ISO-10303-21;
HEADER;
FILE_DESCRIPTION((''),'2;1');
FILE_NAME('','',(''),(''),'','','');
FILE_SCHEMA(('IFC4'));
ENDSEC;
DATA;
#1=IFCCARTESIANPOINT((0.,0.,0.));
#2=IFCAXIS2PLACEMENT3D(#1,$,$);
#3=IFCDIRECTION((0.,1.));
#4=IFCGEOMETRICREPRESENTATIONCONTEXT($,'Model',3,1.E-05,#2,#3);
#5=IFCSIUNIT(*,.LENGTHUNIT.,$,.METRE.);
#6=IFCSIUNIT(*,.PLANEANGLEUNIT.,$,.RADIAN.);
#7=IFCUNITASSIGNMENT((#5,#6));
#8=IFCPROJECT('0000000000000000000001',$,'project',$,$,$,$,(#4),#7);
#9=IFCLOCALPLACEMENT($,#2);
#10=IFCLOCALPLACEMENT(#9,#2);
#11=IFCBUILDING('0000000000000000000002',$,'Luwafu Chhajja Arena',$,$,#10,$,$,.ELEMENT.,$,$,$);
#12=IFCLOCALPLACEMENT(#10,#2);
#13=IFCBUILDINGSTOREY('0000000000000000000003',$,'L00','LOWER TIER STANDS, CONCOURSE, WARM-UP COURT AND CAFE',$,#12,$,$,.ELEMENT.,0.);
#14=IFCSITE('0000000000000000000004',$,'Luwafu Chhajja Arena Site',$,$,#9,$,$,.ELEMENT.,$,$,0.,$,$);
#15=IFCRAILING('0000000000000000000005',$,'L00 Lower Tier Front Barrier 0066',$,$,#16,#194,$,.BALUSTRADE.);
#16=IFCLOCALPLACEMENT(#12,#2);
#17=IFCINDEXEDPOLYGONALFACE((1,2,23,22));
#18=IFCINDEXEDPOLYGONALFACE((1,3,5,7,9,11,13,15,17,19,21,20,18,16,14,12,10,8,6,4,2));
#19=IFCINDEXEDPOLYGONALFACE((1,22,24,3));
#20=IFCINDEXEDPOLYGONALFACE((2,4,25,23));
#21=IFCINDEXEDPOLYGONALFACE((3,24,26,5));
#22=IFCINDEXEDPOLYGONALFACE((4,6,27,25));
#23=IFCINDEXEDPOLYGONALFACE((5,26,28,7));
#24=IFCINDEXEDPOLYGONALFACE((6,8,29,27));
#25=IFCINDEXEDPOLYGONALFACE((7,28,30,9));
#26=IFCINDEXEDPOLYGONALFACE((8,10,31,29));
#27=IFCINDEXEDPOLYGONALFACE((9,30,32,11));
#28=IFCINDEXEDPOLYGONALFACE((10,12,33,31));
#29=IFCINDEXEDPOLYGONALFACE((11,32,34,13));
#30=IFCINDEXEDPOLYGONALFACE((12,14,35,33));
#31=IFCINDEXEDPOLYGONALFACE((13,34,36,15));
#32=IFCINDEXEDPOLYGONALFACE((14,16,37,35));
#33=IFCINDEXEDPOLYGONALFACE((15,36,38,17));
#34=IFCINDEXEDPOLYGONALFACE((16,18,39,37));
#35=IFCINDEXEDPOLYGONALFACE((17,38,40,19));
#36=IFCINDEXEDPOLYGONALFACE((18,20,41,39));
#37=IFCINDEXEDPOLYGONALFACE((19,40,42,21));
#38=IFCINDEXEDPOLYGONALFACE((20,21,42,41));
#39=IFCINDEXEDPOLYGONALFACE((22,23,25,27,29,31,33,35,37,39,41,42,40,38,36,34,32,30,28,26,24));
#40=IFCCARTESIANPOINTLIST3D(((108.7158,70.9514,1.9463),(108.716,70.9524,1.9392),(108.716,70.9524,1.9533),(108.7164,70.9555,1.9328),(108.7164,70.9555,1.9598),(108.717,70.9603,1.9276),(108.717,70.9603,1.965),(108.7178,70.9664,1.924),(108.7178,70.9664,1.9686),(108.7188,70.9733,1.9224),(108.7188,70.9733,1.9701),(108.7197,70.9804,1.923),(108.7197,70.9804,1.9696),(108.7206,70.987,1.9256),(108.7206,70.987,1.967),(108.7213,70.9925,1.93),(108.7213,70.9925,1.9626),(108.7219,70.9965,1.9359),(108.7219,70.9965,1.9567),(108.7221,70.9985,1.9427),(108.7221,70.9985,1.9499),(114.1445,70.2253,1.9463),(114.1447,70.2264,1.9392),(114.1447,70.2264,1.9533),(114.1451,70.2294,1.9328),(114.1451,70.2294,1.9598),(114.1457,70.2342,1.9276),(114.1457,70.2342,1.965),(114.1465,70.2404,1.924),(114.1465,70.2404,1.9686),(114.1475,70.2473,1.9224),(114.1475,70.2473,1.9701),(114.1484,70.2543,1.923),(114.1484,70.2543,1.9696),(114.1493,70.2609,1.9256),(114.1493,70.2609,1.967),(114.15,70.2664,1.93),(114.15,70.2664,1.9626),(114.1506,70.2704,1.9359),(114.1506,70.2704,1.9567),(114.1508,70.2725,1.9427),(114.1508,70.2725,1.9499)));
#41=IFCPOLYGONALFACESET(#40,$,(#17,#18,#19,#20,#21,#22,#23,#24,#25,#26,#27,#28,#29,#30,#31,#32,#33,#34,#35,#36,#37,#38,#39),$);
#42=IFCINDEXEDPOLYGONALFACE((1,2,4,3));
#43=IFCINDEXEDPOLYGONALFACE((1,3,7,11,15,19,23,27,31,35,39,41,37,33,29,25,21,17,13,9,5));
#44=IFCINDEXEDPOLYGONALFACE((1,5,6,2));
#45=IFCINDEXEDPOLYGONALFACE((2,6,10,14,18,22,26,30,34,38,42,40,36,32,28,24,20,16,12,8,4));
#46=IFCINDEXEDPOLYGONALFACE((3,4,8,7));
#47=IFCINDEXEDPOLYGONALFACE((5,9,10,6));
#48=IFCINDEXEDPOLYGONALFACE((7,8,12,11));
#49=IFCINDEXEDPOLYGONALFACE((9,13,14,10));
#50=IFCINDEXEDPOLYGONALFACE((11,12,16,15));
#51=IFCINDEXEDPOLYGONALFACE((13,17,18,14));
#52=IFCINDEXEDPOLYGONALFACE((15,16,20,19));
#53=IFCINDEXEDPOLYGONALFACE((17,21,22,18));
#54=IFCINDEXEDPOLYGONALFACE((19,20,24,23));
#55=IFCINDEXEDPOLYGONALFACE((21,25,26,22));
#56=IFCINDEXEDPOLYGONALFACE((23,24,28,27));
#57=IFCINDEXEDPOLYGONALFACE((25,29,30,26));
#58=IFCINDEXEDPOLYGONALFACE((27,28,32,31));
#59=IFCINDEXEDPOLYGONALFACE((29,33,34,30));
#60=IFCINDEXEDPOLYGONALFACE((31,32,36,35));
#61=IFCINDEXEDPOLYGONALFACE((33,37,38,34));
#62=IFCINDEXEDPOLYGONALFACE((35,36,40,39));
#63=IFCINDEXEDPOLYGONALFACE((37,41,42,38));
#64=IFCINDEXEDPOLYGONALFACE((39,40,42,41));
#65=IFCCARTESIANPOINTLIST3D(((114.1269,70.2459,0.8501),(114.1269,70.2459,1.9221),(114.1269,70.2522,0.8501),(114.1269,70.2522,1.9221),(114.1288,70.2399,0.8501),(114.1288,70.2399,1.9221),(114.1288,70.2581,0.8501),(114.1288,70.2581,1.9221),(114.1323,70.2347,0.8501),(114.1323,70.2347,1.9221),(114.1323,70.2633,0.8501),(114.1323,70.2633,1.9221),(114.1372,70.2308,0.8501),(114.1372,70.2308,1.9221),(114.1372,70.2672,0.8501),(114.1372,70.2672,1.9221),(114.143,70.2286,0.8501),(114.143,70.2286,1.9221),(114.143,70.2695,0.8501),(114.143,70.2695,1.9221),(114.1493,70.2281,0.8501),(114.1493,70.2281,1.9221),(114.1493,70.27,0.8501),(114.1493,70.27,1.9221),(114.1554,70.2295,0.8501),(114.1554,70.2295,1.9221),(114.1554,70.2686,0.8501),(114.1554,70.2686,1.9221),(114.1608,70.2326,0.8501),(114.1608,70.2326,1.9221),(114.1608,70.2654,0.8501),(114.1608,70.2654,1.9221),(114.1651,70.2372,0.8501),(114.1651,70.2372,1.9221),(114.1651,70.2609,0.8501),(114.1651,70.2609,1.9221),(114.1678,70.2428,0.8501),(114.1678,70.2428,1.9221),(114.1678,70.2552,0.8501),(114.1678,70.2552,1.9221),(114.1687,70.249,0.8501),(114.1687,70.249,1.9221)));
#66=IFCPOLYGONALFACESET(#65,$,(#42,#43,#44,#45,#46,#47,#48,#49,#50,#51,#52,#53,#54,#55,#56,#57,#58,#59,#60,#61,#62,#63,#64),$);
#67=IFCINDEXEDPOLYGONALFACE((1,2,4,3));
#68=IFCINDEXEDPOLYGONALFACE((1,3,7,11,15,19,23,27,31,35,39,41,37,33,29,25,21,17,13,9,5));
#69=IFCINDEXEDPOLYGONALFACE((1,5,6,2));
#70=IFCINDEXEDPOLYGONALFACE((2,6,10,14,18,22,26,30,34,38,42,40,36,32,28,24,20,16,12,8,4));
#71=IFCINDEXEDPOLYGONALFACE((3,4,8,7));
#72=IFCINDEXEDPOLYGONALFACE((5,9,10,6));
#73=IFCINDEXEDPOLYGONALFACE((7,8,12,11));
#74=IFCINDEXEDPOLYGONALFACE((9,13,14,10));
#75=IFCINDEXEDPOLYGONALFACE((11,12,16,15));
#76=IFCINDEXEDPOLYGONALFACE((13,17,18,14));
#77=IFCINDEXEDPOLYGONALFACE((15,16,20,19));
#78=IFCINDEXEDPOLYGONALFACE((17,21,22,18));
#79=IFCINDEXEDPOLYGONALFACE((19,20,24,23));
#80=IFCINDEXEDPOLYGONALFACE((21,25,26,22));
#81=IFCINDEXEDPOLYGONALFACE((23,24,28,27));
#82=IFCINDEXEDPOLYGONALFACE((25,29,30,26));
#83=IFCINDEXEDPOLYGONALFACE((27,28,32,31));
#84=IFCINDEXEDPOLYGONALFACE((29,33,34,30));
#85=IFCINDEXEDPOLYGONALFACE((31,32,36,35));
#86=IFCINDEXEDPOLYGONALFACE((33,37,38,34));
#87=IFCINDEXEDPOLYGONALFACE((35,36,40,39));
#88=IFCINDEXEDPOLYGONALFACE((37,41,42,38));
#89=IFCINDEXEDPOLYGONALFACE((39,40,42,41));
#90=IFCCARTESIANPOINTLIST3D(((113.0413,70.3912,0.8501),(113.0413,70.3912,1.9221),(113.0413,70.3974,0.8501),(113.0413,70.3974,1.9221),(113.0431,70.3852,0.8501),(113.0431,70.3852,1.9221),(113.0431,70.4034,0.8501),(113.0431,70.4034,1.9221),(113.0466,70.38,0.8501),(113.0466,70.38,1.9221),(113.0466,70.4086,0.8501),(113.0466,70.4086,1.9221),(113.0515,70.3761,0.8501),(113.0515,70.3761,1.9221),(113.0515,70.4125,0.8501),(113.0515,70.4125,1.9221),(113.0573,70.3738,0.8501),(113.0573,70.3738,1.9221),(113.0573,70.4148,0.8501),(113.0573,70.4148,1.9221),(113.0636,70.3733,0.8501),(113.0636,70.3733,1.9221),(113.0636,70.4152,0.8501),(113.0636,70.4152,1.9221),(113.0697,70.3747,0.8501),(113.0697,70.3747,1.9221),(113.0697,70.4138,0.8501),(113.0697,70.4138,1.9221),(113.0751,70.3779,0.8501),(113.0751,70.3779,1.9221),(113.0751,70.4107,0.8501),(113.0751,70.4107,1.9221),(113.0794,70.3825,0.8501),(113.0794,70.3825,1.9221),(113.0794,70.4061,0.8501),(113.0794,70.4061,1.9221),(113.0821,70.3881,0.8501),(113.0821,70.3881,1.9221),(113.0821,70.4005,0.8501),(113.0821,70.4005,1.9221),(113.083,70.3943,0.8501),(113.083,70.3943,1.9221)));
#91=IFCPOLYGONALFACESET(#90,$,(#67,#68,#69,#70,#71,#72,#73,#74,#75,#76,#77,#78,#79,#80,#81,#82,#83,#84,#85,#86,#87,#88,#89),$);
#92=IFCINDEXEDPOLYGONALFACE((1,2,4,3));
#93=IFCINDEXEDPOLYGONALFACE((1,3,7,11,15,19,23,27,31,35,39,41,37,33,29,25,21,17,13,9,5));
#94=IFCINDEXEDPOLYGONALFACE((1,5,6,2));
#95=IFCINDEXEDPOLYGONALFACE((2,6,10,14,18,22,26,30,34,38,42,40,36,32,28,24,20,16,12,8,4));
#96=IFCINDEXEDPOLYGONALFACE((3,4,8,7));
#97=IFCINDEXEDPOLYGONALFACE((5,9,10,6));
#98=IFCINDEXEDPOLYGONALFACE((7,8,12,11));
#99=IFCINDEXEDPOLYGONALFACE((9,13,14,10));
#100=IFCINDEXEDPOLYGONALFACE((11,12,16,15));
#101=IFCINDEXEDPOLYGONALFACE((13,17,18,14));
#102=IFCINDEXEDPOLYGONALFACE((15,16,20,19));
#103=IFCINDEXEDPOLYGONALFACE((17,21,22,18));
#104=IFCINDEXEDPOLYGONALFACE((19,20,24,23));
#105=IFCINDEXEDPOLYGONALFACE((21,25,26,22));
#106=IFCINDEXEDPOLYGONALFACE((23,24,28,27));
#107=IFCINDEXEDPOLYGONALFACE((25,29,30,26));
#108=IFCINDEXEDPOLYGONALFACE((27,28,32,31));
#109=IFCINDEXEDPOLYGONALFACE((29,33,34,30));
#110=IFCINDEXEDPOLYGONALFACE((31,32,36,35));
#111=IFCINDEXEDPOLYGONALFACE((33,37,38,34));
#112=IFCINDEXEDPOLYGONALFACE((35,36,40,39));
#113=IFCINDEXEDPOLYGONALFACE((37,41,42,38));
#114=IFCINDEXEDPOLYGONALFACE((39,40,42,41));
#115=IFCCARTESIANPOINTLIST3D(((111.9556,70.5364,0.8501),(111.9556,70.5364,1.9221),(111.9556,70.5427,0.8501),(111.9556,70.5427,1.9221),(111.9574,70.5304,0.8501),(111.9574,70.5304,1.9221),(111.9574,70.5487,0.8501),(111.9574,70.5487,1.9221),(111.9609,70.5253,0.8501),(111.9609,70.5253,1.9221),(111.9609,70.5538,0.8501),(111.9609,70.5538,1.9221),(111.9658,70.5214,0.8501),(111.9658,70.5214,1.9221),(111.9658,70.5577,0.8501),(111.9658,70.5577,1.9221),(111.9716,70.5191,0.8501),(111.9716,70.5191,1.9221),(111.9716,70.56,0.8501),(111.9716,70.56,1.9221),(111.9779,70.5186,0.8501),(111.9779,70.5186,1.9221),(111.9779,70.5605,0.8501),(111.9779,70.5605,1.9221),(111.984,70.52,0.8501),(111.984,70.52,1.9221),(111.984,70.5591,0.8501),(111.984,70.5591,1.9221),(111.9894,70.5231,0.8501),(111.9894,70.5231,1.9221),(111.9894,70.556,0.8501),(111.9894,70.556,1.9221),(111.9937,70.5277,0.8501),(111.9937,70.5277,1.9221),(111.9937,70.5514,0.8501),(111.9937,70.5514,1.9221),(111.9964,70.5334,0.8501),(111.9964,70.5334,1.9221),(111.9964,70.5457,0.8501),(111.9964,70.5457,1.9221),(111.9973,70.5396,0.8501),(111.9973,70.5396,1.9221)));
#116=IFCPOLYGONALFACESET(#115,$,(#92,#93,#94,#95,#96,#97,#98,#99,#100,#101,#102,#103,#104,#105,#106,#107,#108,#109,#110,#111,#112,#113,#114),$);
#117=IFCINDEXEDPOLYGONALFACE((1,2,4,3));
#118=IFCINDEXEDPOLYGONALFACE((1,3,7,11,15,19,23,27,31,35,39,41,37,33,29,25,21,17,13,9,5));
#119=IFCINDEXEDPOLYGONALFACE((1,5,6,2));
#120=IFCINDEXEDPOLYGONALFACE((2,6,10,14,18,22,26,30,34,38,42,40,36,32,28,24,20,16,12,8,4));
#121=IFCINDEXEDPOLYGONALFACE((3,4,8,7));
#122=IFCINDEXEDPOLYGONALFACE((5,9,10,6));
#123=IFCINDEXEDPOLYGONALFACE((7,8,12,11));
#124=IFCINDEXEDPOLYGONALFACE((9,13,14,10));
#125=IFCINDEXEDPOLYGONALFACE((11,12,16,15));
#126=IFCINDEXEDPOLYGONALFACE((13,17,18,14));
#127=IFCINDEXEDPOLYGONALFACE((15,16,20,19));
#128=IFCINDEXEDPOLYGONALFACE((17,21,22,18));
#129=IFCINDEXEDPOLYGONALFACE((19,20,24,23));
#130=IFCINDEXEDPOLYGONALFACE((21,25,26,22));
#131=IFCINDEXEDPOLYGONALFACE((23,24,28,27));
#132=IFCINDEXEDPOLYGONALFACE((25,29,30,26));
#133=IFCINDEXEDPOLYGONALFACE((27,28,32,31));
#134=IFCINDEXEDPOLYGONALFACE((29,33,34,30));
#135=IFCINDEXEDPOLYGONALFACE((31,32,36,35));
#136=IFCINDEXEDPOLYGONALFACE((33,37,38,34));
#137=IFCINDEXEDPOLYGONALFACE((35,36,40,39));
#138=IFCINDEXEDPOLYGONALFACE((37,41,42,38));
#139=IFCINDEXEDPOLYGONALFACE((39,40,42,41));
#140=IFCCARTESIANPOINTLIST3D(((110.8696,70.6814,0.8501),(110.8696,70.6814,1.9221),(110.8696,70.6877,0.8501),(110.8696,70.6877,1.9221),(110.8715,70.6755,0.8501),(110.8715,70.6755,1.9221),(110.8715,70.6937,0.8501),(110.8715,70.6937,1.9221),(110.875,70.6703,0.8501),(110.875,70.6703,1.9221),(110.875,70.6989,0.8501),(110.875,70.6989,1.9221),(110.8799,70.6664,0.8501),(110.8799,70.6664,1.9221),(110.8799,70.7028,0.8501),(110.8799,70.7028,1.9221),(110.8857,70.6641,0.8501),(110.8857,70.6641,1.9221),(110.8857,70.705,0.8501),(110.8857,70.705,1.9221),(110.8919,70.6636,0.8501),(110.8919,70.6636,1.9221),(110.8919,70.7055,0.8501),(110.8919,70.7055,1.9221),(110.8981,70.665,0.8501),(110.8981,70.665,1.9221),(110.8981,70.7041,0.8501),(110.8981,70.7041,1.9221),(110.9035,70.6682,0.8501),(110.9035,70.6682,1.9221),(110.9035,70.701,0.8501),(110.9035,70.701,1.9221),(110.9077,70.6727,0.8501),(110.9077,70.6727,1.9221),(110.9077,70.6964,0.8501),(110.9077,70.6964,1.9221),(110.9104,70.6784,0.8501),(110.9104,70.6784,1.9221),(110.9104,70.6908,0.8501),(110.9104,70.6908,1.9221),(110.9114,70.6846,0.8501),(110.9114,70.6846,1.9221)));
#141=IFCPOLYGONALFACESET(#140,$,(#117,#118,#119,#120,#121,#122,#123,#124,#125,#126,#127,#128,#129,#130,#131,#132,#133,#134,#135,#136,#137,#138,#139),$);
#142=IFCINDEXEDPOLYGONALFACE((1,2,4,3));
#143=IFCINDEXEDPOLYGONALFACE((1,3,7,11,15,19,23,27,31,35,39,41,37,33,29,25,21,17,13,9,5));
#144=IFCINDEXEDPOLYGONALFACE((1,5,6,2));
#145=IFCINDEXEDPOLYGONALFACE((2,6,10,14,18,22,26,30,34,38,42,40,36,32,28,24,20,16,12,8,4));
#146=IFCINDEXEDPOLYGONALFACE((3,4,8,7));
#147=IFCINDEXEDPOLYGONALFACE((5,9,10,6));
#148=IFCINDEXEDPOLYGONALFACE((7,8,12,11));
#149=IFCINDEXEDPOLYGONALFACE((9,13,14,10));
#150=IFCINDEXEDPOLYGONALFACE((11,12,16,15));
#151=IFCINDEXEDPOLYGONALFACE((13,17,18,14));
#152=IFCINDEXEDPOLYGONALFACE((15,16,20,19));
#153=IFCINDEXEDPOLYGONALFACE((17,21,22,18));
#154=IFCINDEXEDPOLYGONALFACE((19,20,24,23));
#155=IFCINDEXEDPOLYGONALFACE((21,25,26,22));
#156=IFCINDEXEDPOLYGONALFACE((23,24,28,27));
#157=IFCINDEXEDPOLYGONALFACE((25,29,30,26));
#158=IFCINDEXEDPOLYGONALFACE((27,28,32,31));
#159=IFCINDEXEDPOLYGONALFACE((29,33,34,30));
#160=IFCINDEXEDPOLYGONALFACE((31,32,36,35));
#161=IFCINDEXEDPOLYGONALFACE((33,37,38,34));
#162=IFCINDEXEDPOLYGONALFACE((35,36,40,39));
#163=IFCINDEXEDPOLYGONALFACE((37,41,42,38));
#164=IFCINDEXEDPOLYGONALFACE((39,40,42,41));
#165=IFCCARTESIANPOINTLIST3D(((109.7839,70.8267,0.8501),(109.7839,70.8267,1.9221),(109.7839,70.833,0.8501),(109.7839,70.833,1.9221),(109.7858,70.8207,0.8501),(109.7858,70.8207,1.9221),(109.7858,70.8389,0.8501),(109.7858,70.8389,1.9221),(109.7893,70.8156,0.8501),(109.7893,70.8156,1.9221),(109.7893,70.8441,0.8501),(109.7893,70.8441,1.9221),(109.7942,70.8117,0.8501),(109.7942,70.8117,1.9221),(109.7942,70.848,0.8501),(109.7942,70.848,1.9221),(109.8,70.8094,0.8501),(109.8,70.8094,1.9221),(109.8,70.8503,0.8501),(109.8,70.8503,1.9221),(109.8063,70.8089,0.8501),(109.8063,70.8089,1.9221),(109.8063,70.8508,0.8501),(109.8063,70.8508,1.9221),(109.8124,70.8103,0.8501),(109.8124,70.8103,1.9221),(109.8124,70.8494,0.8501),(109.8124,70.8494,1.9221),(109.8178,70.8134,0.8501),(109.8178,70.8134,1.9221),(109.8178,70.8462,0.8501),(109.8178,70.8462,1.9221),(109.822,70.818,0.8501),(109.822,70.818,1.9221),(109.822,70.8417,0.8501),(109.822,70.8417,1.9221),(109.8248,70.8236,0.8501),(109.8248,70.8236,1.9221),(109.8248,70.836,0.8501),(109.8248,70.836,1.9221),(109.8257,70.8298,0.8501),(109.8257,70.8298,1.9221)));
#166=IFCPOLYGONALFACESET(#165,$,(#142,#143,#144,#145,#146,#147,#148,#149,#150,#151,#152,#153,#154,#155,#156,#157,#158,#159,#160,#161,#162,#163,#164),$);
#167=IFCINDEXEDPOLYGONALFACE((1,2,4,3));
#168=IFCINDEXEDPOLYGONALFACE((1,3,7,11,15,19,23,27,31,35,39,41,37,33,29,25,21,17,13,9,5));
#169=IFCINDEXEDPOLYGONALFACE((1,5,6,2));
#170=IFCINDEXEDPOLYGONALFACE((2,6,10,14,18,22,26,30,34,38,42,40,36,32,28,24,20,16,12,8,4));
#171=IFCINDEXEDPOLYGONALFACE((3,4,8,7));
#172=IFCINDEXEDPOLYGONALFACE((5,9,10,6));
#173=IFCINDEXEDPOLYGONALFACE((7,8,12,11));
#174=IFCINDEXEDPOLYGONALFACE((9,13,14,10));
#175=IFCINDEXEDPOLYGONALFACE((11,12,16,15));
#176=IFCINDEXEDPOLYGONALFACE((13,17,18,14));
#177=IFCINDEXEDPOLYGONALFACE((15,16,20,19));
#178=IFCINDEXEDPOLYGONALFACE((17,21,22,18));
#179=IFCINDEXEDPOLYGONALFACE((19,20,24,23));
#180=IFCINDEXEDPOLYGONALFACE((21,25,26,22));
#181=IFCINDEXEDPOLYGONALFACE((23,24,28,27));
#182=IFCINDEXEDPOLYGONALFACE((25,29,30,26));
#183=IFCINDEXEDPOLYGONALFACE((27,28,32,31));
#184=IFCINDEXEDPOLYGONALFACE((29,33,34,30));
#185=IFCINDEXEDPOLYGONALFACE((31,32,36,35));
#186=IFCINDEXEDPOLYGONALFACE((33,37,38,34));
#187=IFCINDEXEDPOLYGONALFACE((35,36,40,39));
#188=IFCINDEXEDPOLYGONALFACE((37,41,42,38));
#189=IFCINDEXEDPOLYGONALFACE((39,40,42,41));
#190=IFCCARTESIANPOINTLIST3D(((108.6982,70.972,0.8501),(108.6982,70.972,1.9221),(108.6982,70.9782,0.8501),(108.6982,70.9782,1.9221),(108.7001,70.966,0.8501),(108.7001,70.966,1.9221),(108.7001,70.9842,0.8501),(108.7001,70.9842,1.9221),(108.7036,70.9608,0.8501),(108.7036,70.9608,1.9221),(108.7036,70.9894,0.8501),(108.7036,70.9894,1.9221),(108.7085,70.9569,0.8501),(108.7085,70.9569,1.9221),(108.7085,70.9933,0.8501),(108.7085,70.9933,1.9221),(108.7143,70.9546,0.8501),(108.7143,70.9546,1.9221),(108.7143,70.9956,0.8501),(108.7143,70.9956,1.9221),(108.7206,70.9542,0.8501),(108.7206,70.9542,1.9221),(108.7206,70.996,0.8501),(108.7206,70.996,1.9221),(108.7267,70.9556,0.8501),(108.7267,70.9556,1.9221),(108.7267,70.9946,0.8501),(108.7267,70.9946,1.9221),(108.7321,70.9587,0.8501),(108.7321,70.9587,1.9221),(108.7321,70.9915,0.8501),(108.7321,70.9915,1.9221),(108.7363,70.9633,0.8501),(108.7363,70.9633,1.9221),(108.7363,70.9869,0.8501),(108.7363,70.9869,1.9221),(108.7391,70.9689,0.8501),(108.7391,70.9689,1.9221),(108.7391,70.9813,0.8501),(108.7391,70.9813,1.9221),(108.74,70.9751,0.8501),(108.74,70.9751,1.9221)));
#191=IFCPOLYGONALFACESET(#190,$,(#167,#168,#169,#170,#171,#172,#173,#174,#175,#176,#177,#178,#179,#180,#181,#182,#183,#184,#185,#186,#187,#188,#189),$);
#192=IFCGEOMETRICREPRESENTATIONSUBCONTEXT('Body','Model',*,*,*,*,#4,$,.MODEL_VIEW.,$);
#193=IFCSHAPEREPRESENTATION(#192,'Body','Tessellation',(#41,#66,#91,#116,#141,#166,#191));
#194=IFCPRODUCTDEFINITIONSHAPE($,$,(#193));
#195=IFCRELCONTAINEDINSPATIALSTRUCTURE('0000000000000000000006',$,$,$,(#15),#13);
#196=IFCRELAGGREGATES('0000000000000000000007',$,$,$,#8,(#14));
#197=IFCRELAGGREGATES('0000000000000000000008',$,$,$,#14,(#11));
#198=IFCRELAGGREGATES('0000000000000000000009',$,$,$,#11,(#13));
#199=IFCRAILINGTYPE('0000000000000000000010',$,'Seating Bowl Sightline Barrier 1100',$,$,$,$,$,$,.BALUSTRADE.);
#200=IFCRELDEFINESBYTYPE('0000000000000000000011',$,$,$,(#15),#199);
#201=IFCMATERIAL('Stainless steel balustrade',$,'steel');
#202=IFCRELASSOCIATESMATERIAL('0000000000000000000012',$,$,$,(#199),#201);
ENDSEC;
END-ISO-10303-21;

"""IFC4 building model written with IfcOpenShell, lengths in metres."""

from ifc_helpers import new_model, si_unit, direction, frame, origin, origin_2d, place, context, subcontext, project, spatial, circle, extrude, material, type_object, element, save


model = new_model("IFC4")

# Units and contexts
model_context = context("Model", 3, precision=1e-05, world=origin(), true_north=direction((0.0, 1.0)))
body_context = subcontext(model_context, "Body", "Model", "MODEL_VIEW")
ifc_project = project(units=[si_unit("LENGTHUNIT", "METRE"), si_unit("PLANEANGLEUNIT", "RADIAN")], contexts=[model_context])

# Site, building, storey
site_placement = place(None, origin())
site = spatial("IfcSite", under=ifc_project, at=site_placement, Name="Luwafu Chhajja Arena Site", CompositionType="ELEMENT", RefElevation=0.0)
building_placement = place(site_placement, origin())
building = spatial("IfcBuilding", under=site, at=building_placement, Name="Luwafu Chhajja Arena", CompositionType="ELEMENT")
storey_placement = place(building_placement, origin())
storey = spatial("IfcBuildingStorey", under=building, at=storey_placement, Name="L00", Description="LOWER TIER STANDS, CONCOURSE, WARM-UP COURT AND CAFE", CompositionType="ELEMENT", Elevation=0.0)

# Railing
ifc_material_1 = material(Name="Stainless steel balustrade", Category="steel")
railing_type = type_object("IfcRailingType", Name="Seating Bowl Sightline Barrier 1100", PredefinedType="BALUSTRADE", material=ifc_material_1)
railing_1_placement = place(storey_placement, frame((114.1477, 70.249, 0.8501)))
element("IfcRailing", 1, at=railing_1_placement, inside=storey, type_object=railing_type, Name="L00 Lower Tier Front Barrier 0066", PredefinedType="BALUSTRADE", context=body_context, shape_type="SweptSolid", body=[
    extrude(circle(Radius=0.0239, at=origin_2d()), frame((0.0, 0.0, 1.0962), z_axis=(-0.991174, 0.132567, 0.0), x_axis=(-0.132567, -0.991174, 0.0)), (0.0, 0.0, 1.0), 5.4771),
    extrude(circle(Radius=0.021, at=origin_2d()), origin(), (0.0, 0.0, 1.0), 1.072),
    extrude(circle(Radius=0.021, at=origin_2d()), frame((-1.0857, 0.1453, 0.0)), (0.0, 0.0, 1.0), 1.072),
    extrude(circle(Radius=0.021, at=origin_2d()), frame((-2.1714, 0.2905, 0.0)), (0.0, 0.0, 1.0), 1.072),
    extrude(circle(Radius=0.021, at=origin_2d()), frame((-3.2573, 0.4355, 0.0)), (0.0, 0.0, 1.0), 1.072),
    extrude(circle(Radius=0.021, at=origin_2d()), frame((-4.343, 0.5808, 0.0)), (0.0, 0.0, 1.0), 1.072),
    extrude(circle(Radius=0.021, at=origin_2d()), frame((-5.4287, 0.7261, 0.0)), (0.0, 0.0, 1.0), 1.072),
])

save(model, "model.ifc")
